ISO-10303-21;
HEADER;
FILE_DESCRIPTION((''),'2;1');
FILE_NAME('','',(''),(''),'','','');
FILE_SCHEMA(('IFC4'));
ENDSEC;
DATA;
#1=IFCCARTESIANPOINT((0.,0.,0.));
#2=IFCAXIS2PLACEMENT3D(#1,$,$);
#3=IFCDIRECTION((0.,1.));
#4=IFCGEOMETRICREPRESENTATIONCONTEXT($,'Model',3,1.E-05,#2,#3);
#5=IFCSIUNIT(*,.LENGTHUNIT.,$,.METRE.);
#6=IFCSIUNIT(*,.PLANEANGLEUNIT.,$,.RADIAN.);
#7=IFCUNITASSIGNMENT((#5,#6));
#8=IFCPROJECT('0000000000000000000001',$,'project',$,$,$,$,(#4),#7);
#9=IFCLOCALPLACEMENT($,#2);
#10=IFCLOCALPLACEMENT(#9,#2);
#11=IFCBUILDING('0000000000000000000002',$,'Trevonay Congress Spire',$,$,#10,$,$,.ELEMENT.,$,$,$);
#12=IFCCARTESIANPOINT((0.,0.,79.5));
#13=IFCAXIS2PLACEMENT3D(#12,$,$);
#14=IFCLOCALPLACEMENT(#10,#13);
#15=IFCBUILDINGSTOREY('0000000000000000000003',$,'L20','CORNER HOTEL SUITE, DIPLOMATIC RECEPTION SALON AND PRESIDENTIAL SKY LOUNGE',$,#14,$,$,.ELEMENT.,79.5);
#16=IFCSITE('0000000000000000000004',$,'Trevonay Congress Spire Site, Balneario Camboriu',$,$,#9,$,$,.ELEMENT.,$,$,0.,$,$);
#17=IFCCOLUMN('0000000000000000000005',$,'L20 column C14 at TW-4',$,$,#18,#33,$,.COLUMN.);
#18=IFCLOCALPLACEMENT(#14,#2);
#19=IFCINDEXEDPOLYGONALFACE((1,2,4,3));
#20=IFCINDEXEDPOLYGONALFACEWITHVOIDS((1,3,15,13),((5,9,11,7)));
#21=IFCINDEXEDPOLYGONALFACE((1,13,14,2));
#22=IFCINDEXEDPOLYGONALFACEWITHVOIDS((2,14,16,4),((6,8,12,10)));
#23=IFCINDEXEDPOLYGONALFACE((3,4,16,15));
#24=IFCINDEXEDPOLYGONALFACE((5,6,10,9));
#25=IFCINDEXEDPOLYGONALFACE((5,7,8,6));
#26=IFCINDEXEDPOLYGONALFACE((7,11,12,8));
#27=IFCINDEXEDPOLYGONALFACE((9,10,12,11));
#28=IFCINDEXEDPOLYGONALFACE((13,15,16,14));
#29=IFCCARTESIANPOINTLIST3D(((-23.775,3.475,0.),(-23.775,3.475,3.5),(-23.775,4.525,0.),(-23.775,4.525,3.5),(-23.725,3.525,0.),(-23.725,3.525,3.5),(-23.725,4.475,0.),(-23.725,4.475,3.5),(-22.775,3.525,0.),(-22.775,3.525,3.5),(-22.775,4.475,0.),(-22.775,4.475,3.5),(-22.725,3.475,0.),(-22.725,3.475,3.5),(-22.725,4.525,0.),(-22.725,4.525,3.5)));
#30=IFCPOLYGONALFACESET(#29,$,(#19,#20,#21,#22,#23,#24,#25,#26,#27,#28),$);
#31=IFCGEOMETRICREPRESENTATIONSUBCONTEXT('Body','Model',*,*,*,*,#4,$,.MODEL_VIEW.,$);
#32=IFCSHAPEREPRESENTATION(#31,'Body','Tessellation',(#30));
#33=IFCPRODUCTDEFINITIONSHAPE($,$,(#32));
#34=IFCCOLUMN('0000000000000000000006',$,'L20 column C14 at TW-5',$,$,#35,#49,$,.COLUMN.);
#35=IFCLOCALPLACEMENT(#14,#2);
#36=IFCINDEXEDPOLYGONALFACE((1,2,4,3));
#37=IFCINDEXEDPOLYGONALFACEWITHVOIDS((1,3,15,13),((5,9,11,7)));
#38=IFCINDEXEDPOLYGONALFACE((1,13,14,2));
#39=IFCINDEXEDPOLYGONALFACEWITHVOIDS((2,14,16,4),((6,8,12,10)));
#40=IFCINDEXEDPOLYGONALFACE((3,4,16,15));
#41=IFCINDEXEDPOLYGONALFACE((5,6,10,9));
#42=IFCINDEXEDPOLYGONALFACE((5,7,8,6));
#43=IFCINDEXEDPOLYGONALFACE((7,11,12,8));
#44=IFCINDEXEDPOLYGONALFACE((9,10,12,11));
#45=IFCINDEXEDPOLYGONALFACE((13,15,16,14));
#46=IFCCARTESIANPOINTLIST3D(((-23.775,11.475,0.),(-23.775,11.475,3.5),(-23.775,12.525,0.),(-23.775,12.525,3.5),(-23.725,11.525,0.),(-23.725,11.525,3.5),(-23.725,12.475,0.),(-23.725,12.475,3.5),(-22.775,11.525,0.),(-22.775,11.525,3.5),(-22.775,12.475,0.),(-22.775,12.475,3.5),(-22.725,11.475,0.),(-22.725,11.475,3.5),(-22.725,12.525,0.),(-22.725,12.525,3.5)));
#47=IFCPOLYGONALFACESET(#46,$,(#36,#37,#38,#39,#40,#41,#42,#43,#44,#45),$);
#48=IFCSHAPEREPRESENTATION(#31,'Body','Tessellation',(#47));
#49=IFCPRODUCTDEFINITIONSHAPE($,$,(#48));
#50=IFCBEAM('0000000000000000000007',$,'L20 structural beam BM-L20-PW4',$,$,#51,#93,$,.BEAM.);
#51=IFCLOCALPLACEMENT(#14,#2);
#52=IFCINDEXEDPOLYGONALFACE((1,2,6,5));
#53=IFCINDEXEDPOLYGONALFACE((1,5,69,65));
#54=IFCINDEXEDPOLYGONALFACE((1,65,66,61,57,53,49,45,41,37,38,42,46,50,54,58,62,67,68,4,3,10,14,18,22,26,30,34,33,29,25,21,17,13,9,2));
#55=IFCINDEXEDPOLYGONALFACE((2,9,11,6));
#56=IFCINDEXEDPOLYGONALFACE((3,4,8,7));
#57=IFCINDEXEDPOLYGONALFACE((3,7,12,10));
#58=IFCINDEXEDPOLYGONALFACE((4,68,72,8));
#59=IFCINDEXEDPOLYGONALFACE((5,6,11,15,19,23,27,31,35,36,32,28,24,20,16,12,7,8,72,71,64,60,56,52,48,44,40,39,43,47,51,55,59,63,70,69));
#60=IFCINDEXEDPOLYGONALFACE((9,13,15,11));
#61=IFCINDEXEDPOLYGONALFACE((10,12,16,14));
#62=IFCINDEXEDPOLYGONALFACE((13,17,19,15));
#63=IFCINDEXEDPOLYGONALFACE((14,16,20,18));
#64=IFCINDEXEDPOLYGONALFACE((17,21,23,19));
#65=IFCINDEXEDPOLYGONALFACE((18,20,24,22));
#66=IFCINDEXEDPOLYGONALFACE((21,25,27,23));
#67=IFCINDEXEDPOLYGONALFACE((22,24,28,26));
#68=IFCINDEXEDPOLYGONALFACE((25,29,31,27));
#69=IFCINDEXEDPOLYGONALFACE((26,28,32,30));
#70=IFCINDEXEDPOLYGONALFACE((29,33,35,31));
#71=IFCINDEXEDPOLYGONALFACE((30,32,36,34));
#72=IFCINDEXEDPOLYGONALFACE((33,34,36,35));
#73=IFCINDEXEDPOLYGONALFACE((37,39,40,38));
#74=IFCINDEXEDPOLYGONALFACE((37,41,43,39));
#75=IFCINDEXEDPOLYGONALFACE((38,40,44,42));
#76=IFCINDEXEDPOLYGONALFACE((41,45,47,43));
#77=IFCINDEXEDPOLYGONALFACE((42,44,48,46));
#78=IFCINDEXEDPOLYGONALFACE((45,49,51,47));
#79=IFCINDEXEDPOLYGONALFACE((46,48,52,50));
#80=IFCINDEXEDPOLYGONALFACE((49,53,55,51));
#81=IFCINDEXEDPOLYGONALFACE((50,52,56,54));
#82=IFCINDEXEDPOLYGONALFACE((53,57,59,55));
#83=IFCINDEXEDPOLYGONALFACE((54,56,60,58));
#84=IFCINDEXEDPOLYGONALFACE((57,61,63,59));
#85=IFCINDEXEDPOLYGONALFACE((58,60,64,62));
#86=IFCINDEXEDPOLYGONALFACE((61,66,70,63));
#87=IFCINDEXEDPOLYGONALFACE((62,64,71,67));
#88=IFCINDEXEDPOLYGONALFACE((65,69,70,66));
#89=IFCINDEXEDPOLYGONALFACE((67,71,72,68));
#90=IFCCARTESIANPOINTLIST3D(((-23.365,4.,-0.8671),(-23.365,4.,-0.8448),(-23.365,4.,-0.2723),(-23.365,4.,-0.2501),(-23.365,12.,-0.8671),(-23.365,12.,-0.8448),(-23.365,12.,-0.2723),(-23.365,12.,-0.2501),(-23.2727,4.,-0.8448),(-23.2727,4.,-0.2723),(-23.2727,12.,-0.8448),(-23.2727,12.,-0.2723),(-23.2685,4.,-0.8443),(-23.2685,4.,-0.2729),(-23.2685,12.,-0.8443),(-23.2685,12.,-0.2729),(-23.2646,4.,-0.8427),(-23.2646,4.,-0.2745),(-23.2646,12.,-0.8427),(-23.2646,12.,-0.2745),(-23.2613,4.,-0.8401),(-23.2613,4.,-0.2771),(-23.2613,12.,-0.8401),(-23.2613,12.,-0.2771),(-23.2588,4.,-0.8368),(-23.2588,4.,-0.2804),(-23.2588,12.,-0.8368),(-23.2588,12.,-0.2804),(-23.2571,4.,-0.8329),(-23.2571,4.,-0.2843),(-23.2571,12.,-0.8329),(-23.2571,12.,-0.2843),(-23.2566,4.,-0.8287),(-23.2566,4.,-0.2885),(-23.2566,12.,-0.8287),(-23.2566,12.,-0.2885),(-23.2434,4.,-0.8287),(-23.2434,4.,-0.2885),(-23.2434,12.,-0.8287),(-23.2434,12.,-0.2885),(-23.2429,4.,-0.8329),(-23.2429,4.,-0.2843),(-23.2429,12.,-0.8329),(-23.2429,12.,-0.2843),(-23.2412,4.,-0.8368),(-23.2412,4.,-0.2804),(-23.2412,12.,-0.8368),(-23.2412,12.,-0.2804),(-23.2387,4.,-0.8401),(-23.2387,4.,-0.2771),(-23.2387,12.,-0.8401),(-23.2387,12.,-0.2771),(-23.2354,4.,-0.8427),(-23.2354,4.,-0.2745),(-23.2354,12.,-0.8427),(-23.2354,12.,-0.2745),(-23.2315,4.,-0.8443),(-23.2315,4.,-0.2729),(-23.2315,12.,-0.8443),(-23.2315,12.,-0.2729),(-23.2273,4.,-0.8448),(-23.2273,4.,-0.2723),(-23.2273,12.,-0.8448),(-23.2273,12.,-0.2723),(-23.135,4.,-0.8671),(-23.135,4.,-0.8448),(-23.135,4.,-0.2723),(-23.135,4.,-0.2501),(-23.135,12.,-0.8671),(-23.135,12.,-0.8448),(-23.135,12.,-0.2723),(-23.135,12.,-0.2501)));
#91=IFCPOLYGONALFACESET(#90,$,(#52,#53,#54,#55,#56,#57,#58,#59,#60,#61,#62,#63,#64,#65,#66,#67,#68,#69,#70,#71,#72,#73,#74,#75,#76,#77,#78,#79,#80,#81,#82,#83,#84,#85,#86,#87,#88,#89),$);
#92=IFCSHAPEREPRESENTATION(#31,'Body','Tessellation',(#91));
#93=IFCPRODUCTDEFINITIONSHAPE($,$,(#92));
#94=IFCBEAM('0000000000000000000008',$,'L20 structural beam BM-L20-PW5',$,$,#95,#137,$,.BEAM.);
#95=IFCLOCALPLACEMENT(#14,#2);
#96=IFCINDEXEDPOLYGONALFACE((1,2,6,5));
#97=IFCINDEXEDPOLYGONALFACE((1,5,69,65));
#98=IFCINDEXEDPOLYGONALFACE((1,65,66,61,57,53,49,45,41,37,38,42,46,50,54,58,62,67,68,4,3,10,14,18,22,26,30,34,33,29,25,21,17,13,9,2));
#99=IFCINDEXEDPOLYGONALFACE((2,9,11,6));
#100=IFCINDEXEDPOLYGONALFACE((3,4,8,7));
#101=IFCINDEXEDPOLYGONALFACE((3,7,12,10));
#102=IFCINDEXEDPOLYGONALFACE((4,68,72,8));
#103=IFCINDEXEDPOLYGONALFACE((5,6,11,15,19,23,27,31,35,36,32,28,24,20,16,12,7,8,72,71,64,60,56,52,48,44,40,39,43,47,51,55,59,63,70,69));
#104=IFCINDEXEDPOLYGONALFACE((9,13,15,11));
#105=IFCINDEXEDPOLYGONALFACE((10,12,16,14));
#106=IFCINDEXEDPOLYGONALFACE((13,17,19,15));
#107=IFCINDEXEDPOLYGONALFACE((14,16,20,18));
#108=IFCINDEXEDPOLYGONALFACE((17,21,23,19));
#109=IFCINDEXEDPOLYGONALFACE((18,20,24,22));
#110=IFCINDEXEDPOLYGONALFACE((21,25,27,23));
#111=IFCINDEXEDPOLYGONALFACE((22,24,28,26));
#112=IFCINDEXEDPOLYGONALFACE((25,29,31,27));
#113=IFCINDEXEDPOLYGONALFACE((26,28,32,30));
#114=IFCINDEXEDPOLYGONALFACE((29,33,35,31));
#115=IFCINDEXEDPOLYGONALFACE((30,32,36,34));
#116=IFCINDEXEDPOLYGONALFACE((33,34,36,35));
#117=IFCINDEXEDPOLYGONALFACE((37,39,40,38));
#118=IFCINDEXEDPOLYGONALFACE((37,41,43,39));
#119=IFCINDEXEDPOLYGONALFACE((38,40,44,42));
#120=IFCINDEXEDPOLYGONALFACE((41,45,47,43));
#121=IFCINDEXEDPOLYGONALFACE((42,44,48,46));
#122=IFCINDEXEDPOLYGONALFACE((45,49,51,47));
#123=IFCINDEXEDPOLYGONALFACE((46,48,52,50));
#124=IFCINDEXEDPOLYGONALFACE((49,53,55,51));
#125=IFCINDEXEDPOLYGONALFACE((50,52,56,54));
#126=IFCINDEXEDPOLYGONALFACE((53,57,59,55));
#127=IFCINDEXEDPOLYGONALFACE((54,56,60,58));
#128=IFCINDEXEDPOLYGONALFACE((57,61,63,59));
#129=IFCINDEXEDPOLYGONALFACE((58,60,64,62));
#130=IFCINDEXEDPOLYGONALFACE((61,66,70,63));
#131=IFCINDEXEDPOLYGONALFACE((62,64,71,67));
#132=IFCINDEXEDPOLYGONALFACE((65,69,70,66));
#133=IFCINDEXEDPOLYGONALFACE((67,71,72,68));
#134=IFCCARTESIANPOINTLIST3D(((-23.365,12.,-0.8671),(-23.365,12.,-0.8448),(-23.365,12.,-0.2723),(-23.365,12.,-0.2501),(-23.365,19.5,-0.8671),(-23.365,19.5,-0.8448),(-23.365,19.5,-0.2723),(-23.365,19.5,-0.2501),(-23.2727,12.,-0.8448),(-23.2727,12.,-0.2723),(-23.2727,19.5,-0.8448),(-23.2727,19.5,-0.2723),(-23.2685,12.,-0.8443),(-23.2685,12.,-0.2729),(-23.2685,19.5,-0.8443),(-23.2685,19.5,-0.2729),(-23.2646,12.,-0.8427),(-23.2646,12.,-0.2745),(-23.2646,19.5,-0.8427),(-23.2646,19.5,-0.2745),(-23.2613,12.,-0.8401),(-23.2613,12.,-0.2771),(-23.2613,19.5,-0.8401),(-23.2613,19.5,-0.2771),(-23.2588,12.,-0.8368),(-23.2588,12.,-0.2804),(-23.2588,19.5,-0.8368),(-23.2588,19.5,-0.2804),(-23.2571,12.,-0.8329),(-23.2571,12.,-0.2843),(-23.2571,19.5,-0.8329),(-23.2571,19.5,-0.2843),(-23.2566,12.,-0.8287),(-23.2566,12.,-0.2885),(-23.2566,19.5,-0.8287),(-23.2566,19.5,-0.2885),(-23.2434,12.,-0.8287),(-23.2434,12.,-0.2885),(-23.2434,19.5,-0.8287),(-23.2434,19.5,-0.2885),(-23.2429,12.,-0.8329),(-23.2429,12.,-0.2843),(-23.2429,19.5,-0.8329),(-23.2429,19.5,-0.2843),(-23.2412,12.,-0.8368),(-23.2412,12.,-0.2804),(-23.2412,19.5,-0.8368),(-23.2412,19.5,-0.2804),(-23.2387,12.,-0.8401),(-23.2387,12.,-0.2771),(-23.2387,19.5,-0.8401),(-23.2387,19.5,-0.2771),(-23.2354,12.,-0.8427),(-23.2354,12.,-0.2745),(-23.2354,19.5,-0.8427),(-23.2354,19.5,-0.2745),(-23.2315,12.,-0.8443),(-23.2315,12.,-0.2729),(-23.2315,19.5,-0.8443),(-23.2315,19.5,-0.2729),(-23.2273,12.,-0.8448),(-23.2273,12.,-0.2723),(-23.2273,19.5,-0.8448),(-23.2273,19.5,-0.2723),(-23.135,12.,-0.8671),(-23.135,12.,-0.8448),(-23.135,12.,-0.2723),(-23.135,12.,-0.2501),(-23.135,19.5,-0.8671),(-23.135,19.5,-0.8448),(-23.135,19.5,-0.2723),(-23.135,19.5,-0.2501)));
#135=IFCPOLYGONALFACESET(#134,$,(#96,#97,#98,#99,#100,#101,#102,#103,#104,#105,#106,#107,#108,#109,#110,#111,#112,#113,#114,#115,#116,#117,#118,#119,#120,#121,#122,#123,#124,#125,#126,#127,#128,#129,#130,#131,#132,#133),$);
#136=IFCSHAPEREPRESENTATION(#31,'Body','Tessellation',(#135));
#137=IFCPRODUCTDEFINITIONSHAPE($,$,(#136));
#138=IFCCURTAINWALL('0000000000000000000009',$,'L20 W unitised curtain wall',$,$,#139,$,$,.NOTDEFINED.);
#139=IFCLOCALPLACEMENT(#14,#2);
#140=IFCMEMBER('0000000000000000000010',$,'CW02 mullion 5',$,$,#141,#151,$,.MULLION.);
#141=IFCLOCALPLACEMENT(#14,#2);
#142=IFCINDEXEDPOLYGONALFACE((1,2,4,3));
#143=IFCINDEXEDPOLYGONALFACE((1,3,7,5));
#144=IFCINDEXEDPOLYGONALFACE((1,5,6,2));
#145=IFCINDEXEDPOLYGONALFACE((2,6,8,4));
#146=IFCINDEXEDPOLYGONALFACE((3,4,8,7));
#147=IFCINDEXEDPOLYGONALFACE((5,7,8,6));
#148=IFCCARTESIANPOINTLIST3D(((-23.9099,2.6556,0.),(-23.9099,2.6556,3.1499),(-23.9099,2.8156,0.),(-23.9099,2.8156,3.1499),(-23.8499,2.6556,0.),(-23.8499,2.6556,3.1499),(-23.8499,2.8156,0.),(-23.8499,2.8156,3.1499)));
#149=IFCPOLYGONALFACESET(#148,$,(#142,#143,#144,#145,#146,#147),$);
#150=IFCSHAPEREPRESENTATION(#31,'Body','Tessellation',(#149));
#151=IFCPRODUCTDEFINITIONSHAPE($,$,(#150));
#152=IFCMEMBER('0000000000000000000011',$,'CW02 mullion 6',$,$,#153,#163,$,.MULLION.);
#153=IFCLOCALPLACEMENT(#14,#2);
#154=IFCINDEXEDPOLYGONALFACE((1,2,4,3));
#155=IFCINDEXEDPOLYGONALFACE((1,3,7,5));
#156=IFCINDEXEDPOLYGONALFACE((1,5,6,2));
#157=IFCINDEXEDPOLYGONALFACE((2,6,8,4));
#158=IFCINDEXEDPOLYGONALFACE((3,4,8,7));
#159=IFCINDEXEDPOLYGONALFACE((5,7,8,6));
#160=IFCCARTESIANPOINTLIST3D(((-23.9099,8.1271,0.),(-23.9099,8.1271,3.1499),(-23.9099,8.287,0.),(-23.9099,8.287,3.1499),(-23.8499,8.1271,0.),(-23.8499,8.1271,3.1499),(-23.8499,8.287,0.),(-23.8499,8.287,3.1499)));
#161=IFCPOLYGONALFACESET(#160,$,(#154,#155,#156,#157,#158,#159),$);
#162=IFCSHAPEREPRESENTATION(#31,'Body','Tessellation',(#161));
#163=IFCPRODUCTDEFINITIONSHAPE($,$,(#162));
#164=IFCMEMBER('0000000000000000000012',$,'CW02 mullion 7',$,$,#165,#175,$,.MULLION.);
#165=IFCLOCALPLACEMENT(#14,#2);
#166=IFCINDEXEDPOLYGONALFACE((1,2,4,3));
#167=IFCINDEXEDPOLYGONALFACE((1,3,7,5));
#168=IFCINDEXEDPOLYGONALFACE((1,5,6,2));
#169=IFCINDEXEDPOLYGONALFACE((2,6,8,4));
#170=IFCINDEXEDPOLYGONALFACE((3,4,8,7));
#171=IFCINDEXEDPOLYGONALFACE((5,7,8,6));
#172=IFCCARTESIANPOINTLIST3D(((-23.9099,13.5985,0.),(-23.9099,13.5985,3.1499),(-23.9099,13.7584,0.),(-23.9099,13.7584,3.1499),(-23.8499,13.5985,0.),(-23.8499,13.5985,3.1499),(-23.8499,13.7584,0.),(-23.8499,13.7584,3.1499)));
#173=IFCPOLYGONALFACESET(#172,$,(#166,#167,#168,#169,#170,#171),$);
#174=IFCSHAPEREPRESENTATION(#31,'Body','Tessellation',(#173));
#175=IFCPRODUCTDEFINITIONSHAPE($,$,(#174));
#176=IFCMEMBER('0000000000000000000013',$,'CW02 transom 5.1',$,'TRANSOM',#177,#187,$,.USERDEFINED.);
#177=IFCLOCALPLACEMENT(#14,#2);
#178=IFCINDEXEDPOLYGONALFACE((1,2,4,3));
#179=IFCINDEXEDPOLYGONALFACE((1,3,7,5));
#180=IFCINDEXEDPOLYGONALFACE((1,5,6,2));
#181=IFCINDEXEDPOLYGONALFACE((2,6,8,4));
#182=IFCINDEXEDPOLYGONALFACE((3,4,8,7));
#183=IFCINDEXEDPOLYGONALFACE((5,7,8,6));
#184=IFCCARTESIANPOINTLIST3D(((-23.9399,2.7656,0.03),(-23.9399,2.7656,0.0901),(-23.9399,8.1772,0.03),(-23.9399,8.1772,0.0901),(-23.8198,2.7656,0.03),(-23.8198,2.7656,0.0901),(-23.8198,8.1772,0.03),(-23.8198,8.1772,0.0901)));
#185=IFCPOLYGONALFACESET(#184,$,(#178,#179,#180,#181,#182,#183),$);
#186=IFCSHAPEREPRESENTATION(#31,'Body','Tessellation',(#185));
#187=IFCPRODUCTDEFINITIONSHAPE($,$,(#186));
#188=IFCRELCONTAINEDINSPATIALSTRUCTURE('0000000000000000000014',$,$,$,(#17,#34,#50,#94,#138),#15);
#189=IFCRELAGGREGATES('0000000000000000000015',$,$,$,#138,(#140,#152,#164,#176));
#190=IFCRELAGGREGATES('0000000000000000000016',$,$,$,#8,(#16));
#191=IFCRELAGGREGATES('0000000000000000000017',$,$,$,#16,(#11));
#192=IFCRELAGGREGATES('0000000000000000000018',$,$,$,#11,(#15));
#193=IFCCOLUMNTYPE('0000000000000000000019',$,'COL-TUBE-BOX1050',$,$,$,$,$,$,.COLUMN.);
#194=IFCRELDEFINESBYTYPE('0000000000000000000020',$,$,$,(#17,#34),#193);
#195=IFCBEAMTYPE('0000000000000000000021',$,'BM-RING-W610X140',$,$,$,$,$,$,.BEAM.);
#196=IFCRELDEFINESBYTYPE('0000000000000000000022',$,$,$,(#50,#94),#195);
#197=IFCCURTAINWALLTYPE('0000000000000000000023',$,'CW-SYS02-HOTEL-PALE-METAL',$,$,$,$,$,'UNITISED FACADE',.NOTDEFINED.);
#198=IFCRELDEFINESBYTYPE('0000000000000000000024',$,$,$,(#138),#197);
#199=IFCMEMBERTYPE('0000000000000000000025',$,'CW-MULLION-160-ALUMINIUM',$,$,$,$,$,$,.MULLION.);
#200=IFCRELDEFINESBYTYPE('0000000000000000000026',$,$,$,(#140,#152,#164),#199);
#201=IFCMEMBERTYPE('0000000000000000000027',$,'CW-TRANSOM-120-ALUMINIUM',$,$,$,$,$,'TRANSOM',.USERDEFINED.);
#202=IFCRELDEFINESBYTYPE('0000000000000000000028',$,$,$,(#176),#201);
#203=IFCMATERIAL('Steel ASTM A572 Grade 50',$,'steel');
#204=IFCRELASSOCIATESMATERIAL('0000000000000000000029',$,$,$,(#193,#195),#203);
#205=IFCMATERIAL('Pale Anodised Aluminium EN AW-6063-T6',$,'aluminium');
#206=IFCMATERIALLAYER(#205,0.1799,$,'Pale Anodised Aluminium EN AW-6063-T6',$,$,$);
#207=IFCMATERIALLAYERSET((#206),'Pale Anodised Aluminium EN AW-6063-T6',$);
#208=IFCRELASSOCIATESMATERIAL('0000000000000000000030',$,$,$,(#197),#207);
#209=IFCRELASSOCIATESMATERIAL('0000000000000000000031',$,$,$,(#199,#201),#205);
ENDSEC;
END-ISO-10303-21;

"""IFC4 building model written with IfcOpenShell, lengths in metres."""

from ifc_helpers import new_model, si_unit, direction, frame, origin, origin_2d, place, context, subcontext, project, spatial, rectangle, hollow_rectangle, i_section, extrude, material, layer, layer_set, material_profile, profile_set, type_object, element, aggregate, save


model = new_model("IFC4")

# Units and contexts
model_context = context("Model", 3, precision=1e-05, world=origin(), true_north=direction((0.0, 1.0)))
body_context = subcontext(model_context, "Body", "Model", "MODEL_VIEW")
ifc_project = project(units=[si_unit("LENGTHUNIT", "METRE"), si_unit("PLANEANGLEUNIT", "RADIAN")], contexts=[model_context])

# Site, building, storey
site_placement = place(None, origin())
site = spatial("IfcSite", under=ifc_project, at=site_placement, Name="Trevonay Congress Spire Site, Balneario Camboriu", CompositionType="ELEMENT", RefElevation=0.0)
building_placement = place(site_placement, origin())
building = spatial("IfcBuilding", under=site, at=building_placement, Name="Trevonay Congress Spire", CompositionType="ELEMENT")
storey_placement = place(building_placement, frame((0.0, 0.0, 79.5)))
storey = spatial("IfcBuildingStorey", under=building, at=storey_placement, Name="L20", Description="CORNER HOTEL SUITE, DIPLOMATIC RECEPTION SALON AND PRESIDENTIAL SKY LOUNGE", CompositionType="ELEMENT", Elevation=79.5)

# Columns
ifc_material_1 = material(Name="Steel ASTM A572 Grade 50", Category="steel")
ifc_material_profile_1 = material_profile(ifc_material_1, hollow_rectangle(XDim=1.05, YDim=1.05, WallThickness=0.05, at=origin_2d()), Name="BOX 1050x1050x50")
ifc_profile_set_1 = profile_set([ifc_material_profile_1], Name="Steel ASTM A572 Grade 50")
column_type = type_object("IfcColumnType", Name="COL-TUBE-BOX1050", PredefinedType="COLUMN", material=ifc_profile_set_1)
for number, where, z_axis, x_axis, name in (
    (1, (-23.25, 4.0, 0.0), (0.0, 0.0, 1.0), (1.0, 0.0, 0.0), "L20 column C14 at TW-4"),
    (2, (-23.25, 12.0, 0.0), (0.0, 0.0, 1.0), (1.0, 0.0, 0.0), "L20 column C14 at TW-5"),
):
    element("IfcColumn", number, at=place(storey_placement, frame(where, z_axis=z_axis, x_axis=x_axis)), inside=storey, type_object=column_type, Name=name, PredefinedType="COLUMN", context=body_context, shape_type="SweptSolid", body=[
        extrude(hollow_rectangle(XDim=1.05, YDim=1.05, WallThickness=0.05, at=origin_2d()), origin(), (0.0, 0.0, 1.0), 3.5),
    ])

# Beams
ifc_material_profile_2 = material_profile(ifc_material_1, i_section(OverallWidth=0.23, OverallDepth=0.6169, WebThickness=0.0132, FlangeThickness=0.0222, FilletRadius=0.0161, at=origin_2d()), Name="W610x140")
ifc_profile_set_2 = profile_set([ifc_material_profile_2], Name="Steel ASTM A572 Grade 50")
beam_type = type_object("IfcBeamType", Name="BM-RING-W610X140", PredefinedType="BEAM", material=ifc_profile_set_2)
beam_1_placement = place(storey_placement, frame((-23.25, 4.0, -0.5586), z_axis=(0.0, 1.0, 0.0), x_axis=(-1.0, 0.0, 0.0)))
element("IfcBeam", 3, at=beam_1_placement, inside=storey, type_object=beam_type, Name="L20 structural beam BM-L20-PW4", PredefinedType="BEAM", context=body_context, shape_type="SweptSolid", body=[
    extrude(i_section(OverallWidth=0.23, OverallDepth=0.6169, WebThickness=0.0132, FlangeThickness=0.0222, FilletRadius=0.0161, at=origin_2d()), origin(), (0.0, 0.0, 1.0), 8.0),
])
beam_2_placement = place(storey_placement, frame((-23.25, 12.0, -0.5586), z_axis=(0.0, 1.0, 0.0), x_axis=(-1.0, 0.0, 0.0)))
element("IfcBeam", 4, at=beam_2_placement, inside=storey, type_object=beam_type, Name="L20 structural beam BM-L20-PW5", PredefinedType="BEAM", context=body_context, shape_type="SweptSolid", body=[
    extrude(i_section(OverallWidth=0.23, OverallDepth=0.6169, WebThickness=0.0132, FlangeThickness=0.0222, FilletRadius=0.0161, at=origin_2d()), origin(), (0.0, 0.0, 1.0), 7.5),
])

# Curtain wall, members
ifc_material_2 = material(Name="Pale Anodised Aluminium EN AW-6063-T6", Category="aluminium")
ifc_layer_1 = layer(ifc_material_2, 0.1799, Name="Pale Anodised Aluminium EN AW-6063-T6")
ifc_layer_set_1 = layer_set([ifc_layer_1], Name="Pale Anodised Aluminium EN AW-6063-T6")
curtain_wall_type = type_object("IfcCurtainWallType", Name="CW-SYS02-HOTEL-PALE-METAL", ElementType="UNITISED FACADE", PredefinedType="NOTDEFINED", material=ifc_layer_set_1)
curtain_wall_placement = place(storey_placement, origin())
curtain_wall = element("IfcCurtainWall", 5, at=curtain_wall_placement, inside=storey, type_object=curtain_wall_type, Name="L20 W unitised curtain wall", PredefinedType="NOTDEFINED")
ifc_material_profile_3 = material_profile(ifc_material_2, rectangle(XDim=0.0601, YDim=0.1599, at=origin_2d()), Name="CW-MULLION-160-ALUMINIUM")
ifc_profile_set_3 = profile_set([ifc_material_profile_3], Name="Pale Anodised Aluminium EN AW-6063-T6")
member_type_1 = type_object("IfcMemberType", Name="CW-MULLION-160-ALUMINIUM", PredefinedType="MULLION", material=ifc_profile_set_3)
member_1_placement = place(storey_placement, frame((-23.8799, 2.7356, 0.0), z_axis=(0.0, 0.0, 1.0), x_axis=(-1.0, 0.0, 0.0)))
member_1 = element("IfcMember", 6, at=member_1_placement, type_object=member_type_1, Name="CW02 mullion 5", PredefinedType="MULLION", context=body_context, shape_type="SweptSolid", body=[
    extrude(rectangle(XDim=0.0601, YDim=0.1599, at=origin_2d()), origin(), (0.0, 0.0, 1.0), 3.1499),
])
member_2_placement = place(storey_placement, frame((-23.8799, 8.207, 0.0), z_axis=(0.0, 0.0, 1.0), x_axis=(-1.0, 0.0, 0.0)))
member_2 = element("IfcMember", 7, at=member_2_placement, type_object=member_type_1, Name="CW02 mullion 6", PredefinedType="MULLION", context=body_context, shape_type="SweptSolid", body=[
    extrude(rectangle(XDim=0.0601, YDim=0.1599, at=origin_2d()), origin(), (0.0, 0.0, 1.0), 3.1499),
])
member_3_placement = place(storey_placement, frame((-23.8799, 13.6785, 0.0), z_axis=(0.0, 0.0, 1.0), x_axis=(-1.0, 0.0, 0.0)))
member_3 = element("IfcMember", 8, at=member_3_placement, type_object=member_type_1, Name="CW02 mullion 7", PredefinedType="MULLION", context=body_context, shape_type="SweptSolid", body=[
    extrude(rectangle(XDim=0.0601, YDim=0.1599, at=origin_2d()), origin(), (0.0, 0.0, 1.0), 3.1499),
])
ifc_material_profile_4 = material_profile(ifc_material_2, rectangle(XDim=0.1201, YDim=0.0601, at=origin_2d()), Name="CW-TRANSOM-120-ALUMINIUM")
ifc_profile_set_4 = profile_set([ifc_material_profile_4], Name="Pale Anodised Aluminium EN AW-6063-T6")
member_type_2 = type_object("IfcMemberType", Name="CW-TRANSOM-120-ALUMINIUM", ElementType="TRANSOM", PredefinedType="USERDEFINED", material=ifc_profile_set_4)
member_4_placement = place(storey_placement, frame((-23.8799, 2.7656, 0.0601), z_axis=(0.0, 1.0, 0.0), x_axis=(-1.0, 0.0, 0.0)))
member_4 = element("IfcMember", 9, at=member_4_placement, type_object=member_type_2, Name="CW02 transom 5.1", ObjectType="TRANSOM", PredefinedType="USERDEFINED", context=body_context, shape_type="SweptSolid", body=[
    extrude(rectangle(XDim=0.1201, YDim=0.0601, at=origin_2d()), origin(), (0.0, 0.0, 1.0), 5.4116),
])
aggregate(curtain_wall, [member_1, member_2, member_3, member_4])

save(model, "model.ifc")
